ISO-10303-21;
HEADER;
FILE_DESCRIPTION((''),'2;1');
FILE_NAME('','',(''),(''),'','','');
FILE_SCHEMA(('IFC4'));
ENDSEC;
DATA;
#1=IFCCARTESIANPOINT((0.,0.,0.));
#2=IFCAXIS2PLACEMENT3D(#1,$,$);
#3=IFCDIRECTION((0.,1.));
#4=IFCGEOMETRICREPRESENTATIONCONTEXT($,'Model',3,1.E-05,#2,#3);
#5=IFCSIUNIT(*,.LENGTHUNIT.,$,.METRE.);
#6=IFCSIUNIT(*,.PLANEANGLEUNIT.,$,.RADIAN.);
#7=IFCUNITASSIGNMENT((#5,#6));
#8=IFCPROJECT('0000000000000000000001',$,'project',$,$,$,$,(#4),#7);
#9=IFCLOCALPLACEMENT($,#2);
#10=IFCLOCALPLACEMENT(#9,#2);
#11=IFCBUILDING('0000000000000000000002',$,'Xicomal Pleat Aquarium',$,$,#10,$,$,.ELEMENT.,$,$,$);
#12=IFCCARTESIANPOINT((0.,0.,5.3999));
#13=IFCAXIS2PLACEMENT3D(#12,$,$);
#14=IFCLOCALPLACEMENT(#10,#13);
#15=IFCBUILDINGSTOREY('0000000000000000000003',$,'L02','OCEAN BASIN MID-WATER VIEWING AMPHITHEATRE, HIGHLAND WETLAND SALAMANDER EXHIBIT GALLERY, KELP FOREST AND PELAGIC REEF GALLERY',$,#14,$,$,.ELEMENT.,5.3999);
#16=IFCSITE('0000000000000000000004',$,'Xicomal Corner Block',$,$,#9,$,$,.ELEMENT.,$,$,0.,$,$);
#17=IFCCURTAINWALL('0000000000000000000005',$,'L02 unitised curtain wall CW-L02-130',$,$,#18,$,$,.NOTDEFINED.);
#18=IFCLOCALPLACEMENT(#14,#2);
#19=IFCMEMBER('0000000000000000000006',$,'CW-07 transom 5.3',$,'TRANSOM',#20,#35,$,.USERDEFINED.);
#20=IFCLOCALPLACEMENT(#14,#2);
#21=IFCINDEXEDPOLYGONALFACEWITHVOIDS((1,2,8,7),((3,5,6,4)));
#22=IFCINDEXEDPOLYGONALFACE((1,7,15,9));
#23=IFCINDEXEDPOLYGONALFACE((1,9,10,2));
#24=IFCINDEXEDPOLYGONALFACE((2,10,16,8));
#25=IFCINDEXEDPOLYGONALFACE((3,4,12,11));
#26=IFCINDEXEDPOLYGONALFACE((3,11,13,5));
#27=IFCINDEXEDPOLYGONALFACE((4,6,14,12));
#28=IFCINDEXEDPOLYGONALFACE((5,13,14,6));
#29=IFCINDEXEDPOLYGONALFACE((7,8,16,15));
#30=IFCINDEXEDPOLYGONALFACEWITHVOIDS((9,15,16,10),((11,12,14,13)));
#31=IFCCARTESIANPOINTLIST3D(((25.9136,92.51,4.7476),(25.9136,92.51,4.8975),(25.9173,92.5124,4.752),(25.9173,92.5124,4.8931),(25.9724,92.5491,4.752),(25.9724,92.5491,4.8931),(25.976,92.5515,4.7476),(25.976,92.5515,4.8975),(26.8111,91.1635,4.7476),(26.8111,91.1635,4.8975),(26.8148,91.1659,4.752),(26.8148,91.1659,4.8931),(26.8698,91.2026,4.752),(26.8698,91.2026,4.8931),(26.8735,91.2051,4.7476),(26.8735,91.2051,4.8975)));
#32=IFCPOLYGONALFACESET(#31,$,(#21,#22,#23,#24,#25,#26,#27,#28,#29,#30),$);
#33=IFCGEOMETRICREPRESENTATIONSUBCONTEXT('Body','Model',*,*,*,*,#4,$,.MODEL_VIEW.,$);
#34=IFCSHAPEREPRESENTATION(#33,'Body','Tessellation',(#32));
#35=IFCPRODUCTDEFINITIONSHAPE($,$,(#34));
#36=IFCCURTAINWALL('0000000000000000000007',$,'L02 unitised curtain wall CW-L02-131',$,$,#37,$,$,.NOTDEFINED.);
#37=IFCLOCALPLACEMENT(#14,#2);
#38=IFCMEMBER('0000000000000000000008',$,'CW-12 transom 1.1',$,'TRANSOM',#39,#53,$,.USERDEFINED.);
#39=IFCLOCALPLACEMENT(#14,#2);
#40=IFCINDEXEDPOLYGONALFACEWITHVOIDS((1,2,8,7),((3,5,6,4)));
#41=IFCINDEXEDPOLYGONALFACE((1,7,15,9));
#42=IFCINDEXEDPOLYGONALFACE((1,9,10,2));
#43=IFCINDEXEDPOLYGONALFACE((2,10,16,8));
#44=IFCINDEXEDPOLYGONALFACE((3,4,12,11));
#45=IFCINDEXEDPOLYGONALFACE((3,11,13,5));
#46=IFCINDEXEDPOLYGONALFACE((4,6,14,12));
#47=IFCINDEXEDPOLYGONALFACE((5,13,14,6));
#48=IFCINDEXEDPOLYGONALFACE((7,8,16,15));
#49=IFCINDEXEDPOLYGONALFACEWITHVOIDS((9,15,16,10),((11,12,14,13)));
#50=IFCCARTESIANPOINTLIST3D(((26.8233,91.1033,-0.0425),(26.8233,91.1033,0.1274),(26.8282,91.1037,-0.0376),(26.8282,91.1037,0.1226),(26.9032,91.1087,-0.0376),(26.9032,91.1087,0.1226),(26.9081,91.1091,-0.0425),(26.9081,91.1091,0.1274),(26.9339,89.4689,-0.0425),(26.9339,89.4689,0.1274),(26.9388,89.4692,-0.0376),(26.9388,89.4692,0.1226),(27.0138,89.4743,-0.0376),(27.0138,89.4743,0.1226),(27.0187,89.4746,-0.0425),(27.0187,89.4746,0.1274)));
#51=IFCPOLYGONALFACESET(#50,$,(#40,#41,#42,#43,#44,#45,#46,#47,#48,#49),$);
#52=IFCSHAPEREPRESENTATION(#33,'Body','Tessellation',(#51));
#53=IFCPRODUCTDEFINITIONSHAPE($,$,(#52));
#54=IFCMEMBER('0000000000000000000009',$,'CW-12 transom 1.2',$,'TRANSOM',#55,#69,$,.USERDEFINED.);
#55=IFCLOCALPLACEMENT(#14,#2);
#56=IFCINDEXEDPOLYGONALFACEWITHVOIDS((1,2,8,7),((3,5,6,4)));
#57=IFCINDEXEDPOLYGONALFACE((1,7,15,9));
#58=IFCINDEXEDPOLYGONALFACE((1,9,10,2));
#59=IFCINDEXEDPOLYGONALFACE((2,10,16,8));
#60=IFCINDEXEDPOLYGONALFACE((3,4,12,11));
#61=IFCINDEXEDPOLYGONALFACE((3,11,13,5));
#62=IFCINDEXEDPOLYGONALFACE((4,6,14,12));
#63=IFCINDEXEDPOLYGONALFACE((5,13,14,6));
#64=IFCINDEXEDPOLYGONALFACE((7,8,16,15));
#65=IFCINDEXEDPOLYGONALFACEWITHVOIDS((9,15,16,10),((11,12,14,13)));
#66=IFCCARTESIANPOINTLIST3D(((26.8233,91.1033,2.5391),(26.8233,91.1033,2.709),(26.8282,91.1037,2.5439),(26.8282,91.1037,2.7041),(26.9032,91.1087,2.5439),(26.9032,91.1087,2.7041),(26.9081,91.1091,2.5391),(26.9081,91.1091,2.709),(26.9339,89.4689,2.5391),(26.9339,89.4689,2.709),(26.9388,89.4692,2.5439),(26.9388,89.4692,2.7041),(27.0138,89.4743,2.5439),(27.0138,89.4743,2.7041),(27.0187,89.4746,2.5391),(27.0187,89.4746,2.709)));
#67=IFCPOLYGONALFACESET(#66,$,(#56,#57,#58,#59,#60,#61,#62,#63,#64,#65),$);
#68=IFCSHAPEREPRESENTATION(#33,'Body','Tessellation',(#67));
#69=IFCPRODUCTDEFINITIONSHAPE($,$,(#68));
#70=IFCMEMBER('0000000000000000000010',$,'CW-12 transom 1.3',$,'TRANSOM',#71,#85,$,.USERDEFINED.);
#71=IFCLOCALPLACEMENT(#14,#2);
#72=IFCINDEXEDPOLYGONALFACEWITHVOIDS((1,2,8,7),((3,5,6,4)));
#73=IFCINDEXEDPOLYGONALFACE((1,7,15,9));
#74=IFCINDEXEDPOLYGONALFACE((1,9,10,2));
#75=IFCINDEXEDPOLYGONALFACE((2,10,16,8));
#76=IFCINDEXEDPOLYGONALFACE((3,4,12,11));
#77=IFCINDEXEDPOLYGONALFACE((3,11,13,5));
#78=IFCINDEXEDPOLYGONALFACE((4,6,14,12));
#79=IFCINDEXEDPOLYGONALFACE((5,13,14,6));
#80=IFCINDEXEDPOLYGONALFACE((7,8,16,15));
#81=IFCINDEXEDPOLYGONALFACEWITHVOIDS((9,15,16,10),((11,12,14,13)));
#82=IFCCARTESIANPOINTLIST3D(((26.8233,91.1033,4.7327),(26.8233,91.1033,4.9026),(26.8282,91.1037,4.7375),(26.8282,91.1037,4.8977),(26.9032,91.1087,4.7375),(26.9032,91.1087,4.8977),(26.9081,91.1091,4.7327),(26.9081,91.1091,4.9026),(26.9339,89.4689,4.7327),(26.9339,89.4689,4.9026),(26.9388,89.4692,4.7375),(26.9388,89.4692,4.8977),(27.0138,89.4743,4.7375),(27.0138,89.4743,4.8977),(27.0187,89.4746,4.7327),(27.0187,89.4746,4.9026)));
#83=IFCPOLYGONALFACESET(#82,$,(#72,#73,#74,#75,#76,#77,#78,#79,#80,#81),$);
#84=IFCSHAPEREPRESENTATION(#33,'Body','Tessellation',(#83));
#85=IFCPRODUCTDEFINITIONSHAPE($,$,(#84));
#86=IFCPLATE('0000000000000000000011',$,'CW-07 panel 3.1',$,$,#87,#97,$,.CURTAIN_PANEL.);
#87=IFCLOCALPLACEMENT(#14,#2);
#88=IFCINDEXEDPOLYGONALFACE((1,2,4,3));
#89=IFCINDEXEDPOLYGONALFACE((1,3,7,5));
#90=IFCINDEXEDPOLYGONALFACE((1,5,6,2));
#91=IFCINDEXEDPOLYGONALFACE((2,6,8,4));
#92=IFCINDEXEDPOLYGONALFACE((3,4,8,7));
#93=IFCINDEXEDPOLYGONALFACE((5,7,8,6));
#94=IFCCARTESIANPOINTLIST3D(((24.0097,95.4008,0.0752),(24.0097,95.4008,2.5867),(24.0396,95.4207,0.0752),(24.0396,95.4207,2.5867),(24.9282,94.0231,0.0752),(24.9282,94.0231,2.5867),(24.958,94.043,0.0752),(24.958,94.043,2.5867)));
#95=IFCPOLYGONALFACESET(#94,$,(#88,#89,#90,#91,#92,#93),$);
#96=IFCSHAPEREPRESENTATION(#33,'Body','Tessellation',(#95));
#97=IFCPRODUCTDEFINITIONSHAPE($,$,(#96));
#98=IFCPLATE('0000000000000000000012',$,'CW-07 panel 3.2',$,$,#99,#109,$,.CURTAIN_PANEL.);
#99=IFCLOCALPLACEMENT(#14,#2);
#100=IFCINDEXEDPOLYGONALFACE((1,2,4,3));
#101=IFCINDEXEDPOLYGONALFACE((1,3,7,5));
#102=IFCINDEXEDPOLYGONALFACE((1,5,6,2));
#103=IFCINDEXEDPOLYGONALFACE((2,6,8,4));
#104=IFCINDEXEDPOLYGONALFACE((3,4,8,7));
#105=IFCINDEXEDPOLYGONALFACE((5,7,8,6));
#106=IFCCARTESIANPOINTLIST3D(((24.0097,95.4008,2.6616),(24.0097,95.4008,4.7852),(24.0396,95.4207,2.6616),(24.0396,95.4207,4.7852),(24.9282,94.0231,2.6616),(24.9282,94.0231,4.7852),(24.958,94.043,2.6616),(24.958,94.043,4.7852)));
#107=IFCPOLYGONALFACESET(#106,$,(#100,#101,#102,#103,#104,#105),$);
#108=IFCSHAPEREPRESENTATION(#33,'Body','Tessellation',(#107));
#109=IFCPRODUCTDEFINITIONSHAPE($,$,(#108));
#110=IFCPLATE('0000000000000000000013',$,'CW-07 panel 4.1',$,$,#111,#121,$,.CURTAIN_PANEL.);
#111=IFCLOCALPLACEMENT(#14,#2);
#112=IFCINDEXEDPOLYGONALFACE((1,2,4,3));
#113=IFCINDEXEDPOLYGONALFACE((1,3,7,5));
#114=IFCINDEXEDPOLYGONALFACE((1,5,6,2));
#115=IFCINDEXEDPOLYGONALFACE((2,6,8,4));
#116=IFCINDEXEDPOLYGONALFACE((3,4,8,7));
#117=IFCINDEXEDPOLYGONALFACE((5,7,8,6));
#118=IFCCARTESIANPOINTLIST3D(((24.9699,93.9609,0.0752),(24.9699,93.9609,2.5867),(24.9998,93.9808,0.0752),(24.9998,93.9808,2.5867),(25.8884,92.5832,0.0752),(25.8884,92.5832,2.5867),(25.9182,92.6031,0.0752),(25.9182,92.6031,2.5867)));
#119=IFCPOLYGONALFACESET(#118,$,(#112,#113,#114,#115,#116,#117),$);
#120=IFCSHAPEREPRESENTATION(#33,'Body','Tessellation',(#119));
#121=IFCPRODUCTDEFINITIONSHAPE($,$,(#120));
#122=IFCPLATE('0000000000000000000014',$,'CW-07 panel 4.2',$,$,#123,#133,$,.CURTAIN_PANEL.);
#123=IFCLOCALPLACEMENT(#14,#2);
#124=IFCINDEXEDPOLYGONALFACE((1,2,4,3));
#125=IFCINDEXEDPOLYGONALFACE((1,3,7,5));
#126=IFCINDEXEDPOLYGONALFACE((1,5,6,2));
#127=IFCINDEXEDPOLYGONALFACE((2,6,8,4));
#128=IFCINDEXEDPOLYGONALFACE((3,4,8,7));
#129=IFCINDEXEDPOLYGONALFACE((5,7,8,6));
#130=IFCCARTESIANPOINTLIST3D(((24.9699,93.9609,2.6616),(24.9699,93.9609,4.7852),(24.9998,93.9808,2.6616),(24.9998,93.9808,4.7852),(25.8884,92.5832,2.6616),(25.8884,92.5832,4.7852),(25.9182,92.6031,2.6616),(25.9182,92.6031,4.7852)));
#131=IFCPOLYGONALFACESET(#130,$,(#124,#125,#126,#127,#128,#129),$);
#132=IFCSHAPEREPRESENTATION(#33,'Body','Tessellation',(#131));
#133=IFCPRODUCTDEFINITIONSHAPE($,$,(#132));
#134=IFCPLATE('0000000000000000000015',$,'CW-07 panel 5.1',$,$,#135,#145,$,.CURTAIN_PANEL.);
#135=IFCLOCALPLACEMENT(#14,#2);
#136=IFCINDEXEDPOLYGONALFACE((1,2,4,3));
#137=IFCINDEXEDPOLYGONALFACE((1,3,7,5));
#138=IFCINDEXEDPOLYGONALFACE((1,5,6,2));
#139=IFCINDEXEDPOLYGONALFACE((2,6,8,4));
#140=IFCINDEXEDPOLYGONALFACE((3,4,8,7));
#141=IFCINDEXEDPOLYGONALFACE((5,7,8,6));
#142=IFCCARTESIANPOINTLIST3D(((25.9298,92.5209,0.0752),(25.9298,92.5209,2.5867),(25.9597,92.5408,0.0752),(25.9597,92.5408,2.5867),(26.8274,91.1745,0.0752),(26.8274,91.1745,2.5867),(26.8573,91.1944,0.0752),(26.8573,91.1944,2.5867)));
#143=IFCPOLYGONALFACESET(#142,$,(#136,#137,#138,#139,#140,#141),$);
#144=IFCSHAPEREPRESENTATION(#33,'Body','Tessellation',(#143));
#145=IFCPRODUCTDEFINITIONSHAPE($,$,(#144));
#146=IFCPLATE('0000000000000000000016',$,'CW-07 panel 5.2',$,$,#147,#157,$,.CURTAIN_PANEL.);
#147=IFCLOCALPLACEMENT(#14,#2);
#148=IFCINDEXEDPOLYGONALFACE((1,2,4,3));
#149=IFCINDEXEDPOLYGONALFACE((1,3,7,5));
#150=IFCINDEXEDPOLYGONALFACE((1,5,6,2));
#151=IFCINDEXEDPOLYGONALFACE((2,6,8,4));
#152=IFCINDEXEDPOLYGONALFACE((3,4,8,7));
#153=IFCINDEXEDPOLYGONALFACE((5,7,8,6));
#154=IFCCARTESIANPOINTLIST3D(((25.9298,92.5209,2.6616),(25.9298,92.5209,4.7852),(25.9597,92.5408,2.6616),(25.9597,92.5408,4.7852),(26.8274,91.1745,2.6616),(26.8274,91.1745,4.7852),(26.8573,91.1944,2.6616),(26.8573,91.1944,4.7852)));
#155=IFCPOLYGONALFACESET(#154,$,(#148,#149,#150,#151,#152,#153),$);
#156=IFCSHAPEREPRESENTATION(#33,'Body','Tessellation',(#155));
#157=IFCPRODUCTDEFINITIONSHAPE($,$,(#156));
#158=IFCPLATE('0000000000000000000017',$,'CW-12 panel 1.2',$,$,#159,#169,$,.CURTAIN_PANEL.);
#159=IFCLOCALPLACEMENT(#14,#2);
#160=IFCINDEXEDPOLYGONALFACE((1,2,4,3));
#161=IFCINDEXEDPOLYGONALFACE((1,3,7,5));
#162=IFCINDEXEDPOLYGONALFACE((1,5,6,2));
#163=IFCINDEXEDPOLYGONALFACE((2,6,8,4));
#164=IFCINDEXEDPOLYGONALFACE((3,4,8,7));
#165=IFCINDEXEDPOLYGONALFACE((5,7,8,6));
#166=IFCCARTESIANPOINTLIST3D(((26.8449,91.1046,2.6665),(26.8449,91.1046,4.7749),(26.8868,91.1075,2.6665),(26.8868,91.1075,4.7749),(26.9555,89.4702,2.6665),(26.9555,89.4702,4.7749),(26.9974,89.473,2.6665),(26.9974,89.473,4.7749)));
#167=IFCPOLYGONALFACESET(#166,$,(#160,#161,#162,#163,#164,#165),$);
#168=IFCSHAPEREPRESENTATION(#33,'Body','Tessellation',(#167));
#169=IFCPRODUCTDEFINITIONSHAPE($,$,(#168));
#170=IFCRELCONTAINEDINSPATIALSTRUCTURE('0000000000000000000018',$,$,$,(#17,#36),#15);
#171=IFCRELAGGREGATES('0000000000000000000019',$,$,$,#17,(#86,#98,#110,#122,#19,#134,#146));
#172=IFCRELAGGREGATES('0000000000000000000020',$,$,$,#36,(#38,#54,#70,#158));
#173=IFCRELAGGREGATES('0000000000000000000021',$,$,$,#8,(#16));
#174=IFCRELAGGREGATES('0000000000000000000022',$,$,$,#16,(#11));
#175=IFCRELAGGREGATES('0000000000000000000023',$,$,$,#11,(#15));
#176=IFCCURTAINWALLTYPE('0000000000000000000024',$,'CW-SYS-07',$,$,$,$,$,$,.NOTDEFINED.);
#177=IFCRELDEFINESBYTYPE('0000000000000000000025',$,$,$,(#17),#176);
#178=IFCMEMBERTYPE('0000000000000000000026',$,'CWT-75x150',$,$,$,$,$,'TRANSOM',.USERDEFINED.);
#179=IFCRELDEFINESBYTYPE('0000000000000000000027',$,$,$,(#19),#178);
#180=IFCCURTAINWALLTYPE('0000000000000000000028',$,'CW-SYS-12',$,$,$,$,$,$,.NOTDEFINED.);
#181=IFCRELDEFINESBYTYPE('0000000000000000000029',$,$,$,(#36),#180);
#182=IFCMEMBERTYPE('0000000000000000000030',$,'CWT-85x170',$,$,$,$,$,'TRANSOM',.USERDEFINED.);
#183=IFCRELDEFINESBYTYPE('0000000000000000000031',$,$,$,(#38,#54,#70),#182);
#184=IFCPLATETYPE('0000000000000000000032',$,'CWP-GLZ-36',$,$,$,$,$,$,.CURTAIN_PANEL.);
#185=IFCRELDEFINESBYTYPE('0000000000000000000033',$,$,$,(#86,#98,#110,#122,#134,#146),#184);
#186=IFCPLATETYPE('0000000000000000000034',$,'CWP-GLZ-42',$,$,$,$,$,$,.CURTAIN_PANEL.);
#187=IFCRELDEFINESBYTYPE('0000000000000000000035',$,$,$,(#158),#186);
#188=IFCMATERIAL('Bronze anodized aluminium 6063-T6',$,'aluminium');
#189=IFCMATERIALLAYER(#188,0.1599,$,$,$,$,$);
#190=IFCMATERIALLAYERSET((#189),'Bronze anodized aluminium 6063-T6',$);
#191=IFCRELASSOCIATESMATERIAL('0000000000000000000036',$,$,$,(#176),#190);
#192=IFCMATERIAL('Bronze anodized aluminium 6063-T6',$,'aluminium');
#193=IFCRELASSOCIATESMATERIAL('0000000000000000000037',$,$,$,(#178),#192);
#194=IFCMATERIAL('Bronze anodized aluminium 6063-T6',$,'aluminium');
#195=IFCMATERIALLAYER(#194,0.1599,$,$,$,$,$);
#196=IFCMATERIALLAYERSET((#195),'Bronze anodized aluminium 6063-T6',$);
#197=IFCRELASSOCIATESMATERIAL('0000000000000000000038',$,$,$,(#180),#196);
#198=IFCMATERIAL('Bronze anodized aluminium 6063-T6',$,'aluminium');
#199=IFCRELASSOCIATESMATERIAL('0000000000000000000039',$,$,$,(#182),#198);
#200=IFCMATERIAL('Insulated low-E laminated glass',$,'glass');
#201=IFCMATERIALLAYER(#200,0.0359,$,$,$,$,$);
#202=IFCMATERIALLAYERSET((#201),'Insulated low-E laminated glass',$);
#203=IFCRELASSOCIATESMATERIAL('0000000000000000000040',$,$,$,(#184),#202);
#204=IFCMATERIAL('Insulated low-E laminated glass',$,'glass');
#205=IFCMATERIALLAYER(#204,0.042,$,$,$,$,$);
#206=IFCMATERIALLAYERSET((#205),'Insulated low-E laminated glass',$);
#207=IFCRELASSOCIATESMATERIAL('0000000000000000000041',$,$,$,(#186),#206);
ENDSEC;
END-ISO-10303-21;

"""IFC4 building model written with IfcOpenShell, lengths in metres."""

from ifc_helpers import new_model, si_unit, direction, frame, origin, origin_2d, place, context, subcontext, project, spatial, rectangle, hollow_rectangle, extrude, material, layer, layer_set, material_profile, profile_set, type_object, element, aggregate, save


model = new_model("IFC4")

# Units and contexts
model_context = context("Model", 3, precision=1e-05, world=origin(), true_north=direction((0.0, 1.0)))
body_context = subcontext(model_context, "Body", "Model", "MODEL_VIEW")
ifc_project = project(units=[si_unit("LENGTHUNIT", "METRE"), si_unit("PLANEANGLEUNIT", "RADIAN")], contexts=[model_context])

# Site, building, storey
site_placement = place(None, origin())
site = spatial("IfcSite", under=ifc_project, at=site_placement, Name="Xicomal Corner Block", CompositionType="ELEMENT", RefElevation=0.0)
building_placement = place(site_placement, origin())
building = spatial("IfcBuilding", under=site, at=building_placement, Name="Xicomal Pleat Aquarium", CompositionType="ELEMENT")
storey_placement = place(building_placement, frame((0.0, 0.0, 5.3999)))
storey = spatial("IfcBuildingStorey", under=building, at=storey_placement, Name="L02", Description="OCEAN BASIN MID-WATER VIEWING AMPHITHEATRE, HIGHLAND WETLAND SALAMANDER EXHIBIT GALLERY, KELP FOREST AND PELAGIC REEF GALLERY", CompositionType="ELEMENT", Elevation=5.3999)

# Curtain walls, members
ifc_material_1 = material(Name="Bronze anodized aluminium 6063-T6", Category="aluminium")
ifc_layer_1 = layer(ifc_material_1, 0.1599)
ifc_layer_set_1 = layer_set([ifc_layer_1], Name="Bronze anodized aluminium 6063-T6")
curtain_wall_type_1 = type_object("IfcCurtainWallType", Name="CW-SYS-07", PredefinedType="NOTDEFINED", material=ifc_layer_set_1)
curtain_wall_1_placement = place(storey_placement, origin())
curtain_wall_1 = element("IfcCurtainWall", 1, at=curtain_wall_1_placement, inside=storey, type_object=curtain_wall_type_1, Name="L02 unitised curtain wall CW-L02-130", PredefinedType="NOTDEFINED")
ifc_material_2 = material(Name="Bronze anodized aluminium 6063-T6", Category="aluminium")
ifc_material_profile_1 = material_profile(ifc_material_2, hollow_rectangle(XDim=0.075, YDim=0.1499, WallThickness=0.0044, at=origin_2d()), Name="ALU TRAN 75x150")
ifc_profile_set_1 = profile_set([ifc_material_profile_1], Name="Bronze anodized aluminium 6063-T6")
member_type_1 = type_object("IfcMemberType", Name="CWT-75x150", ElementType="TRANSOM", PredefinedType="USERDEFINED", material=ifc_profile_set_1)
member_1_placement = place(storey_placement, frame((25.9448, 92.5308, 4.8225), z_axis=(0.554631, -0.832097, 0.0), x_axis=(0.832097, 0.554631, 0.0)))
member_1 = element("IfcMember", 2, at=member_1_placement, type_object=member_type_1, Name="CW-07 transom 5.3", ObjectType="TRANSOM", PredefinedType="USERDEFINED", context=body_context, shape_type="SweptSolid", body=[
    extrude(hollow_rectangle(XDim=0.075, YDim=0.1499, WallThickness=0.0044, at=origin_2d()), origin(), (0.0, 0.0, 1.0), 1.6182),
])
ifc_material_3 = material(Name="Bronze anodized aluminium 6063-T6", Category="aluminium")
ifc_layer_2 = layer(ifc_material_3, 0.1599)
ifc_layer_set_2 = layer_set([ifc_layer_2], Name="Bronze anodized aluminium 6063-T6")
curtain_wall_type_2 = type_object("IfcCurtainWallType", Name="CW-SYS-12", PredefinedType="NOTDEFINED", material=ifc_layer_set_2)
curtain_wall_2_placement = place(storey_placement, origin())
curtain_wall_2 = element("IfcCurtainWall", 3, at=curtain_wall_2_placement, inside=storey, type_object=curtain_wall_type_2, Name="L02 unitised curtain wall CW-L02-131", PredefinedType="NOTDEFINED")
ifc_material_4 = material(Name="Bronze anodized aluminium 6063-T6", Category="aluminium")
ifc_material_profile_2 = material_profile(ifc_material_4, hollow_rectangle(XDim=0.085, YDim=0.1699, WallThickness=0.0049, at=origin_2d()), Name="ALU TRAN 85x170")
ifc_profile_set_2 = profile_set([ifc_material_profile_2], Name="Bronze anodized aluminium 6063-T6")
member_type_2 = type_object("IfcMemberType", Name="CWT-85x170", ElementType="TRANSOM", PredefinedType="USERDEFINED", material=ifc_profile_set_2)
member_2_placement = place(storey_placement, frame((26.8657, 91.1062, 0.0425), z_axis=(0.067508, -0.997719, 0.0), x_axis=(0.997719, 0.067508, 0.0)))
member_2 = element("IfcMember", 4, at=member_2_placement, type_object=member_type_2, Name="CW-12 transom 1.1", ObjectType="TRANSOM", PredefinedType="USERDEFINED", context=body_context, shape_type="SweptSolid", body=[
    extrude(hollow_rectangle(XDim=0.085, YDim=0.1699, WallThickness=0.0049, at=origin_2d()), origin(), (0.0, 0.0, 1.0), 1.6382),
])
member_3_placement = place(storey_placement, frame((26.8657, 91.1062, 2.624), z_axis=(0.067508, -0.997719, 0.0), x_axis=(0.997719, 0.067508, 0.0)))
member_3 = element("IfcMember", 5, at=member_3_placement, type_object=member_type_2, Name="CW-12 transom 1.2", ObjectType="TRANSOM", PredefinedType="USERDEFINED", context=body_context, shape_type="SweptSolid", body=[
    extrude(hollow_rectangle(XDim=0.085, YDim=0.1699, WallThickness=0.0049, at=origin_2d()), origin(), (0.0, 0.0, 1.0), 1.6382),
])
member_4_placement = place(storey_placement, frame((26.8657, 91.1062, 4.8176), z_axis=(0.067508, -0.997719, 0.0), x_axis=(0.997719, 0.067508, 0.0)))
member_4 = element("IfcMember", 6, at=member_4_placement, type_object=member_type_2, Name="CW-12 transom 1.3", ObjectType="TRANSOM", PredefinedType="USERDEFINED", context=body_context, shape_type="SweptSolid", body=[
    extrude(hollow_rectangle(XDim=0.085, YDim=0.1699, WallThickness=0.0049, at=origin_2d()), origin(), (0.0, 0.0, 1.0), 1.6382),
])

# Plates
ifc_material_5 = material(Name="Insulated low-E laminated glass", Category="glass")
ifc_layer_3 = layer(ifc_material_5, 0.0359)
ifc_layer_set_3 = layer_set([ifc_layer_3], Name="Insulated low-E laminated glass")
plate_type_1 = type_object("IfcPlateType", Name="CWP-GLZ-36", PredefinedType="CURTAIN_PANEL", material=ifc_layer_set_3)
plate_1_placement = place(storey_placement, frame((24.4839, 94.7219, 0.0752), z_axis=(0.0, 0.0, 1.0), x_axis=(0.5547, -0.83205, 0.0)))
plate_1 = element("IfcPlate", 7, at=plate_1_placement, type_object=plate_type_1, Name="CW-07 panel 3.1", PredefinedType="CURTAIN_PANEL", context=body_context, shape_type="SweptSolid", body=[
    extrude(rectangle(XDim=1.6558, YDim=0.0359, at=origin_2d()), origin(), (0.0, 0.0, 1.0), 2.5115),
])
plate_2_placement = place(storey_placement, frame((24.4839, 94.7219, 2.6616), z_axis=(0.0, 0.0, 1.0), x_axis=(0.5547, -0.83205, 0.0)))
plate_2 = element("IfcPlate", 8, at=plate_2_placement, type_object=plate_type_1, Name="CW-07 panel 3.2", PredefinedType="CURTAIN_PANEL", context=body_context, shape_type="SweptSolid", body=[
    extrude(rectangle(XDim=1.6558, YDim=0.0359, at=origin_2d()), origin(), (0.0, 0.0, 1.0), 2.1235),
])
plate_3_placement = place(storey_placement, frame((25.4441, 93.282, 0.0752), z_axis=(0.0, 0.0, 1.0), x_axis=(0.5547, -0.83205, 0.0)))
plate_3 = element("IfcPlate", 9, at=plate_3_placement, type_object=plate_type_1, Name="CW-07 panel 4.1", PredefinedType="CURTAIN_PANEL", context=body_context, shape_type="SweptSolid", body=[
    extrude(rectangle(XDim=1.6558, YDim=0.0359, at=origin_2d()), origin(), (0.0, 0.0, 1.0), 2.5115),
])
plate_4_placement = place(storey_placement, frame((25.4441, 93.282, 2.6616), z_axis=(0.0, 0.0, 1.0), x_axis=(0.5547, -0.83205, 0.0)))
plate_4 = element("IfcPlate", 10, at=plate_4_placement, type_object=plate_type_1, Name="CW-07 panel 4.2", PredefinedType="CURTAIN_PANEL", context=body_context, shape_type="SweptSolid", body=[
    extrude(rectangle(XDim=1.6558, YDim=0.0359, at=origin_2d()), origin(), (0.0, 0.0, 1.0), 2.1235),
])
plate_5_placement = place(storey_placement, frame((26.3936, 91.8577, 0.0752), z_axis=(0.0, 0.0, 1.0), x_axis=(0.5547, -0.83205, 0.0)))
plate_5 = element("IfcPlate", 11, at=plate_5_placement, type_object=plate_type_1, Name="CW-07 panel 5.1", PredefinedType="CURTAIN_PANEL", context=body_context, shape_type="SweptSolid", body=[
    extrude(rectangle(XDim=1.6182, YDim=0.0359, at=origin_2d()), origin(), (0.0, 0.0, 1.0), 2.5115),
])
plate_6_placement = place(storey_placement, frame((26.3936, 91.8577, 2.6616), z_axis=(0.0, 0.0, 1.0), x_axis=(0.5547, -0.83205, 0.0)))
plate_6 = element("IfcPlate", 12, at=plate_6_placement, type_object=plate_type_1, Name="CW-07 panel 5.2", PredefinedType="CURTAIN_PANEL", context=body_context, shape_type="SweptSolid", body=[
    extrude(rectangle(XDim=1.6182, YDim=0.0359, at=origin_2d()), origin(), (0.0, 0.0, 1.0), 2.1235),
])
aggregate(curtain_wall_1, [plate_1, plate_2, plate_3, plate_4, member_1, plate_5, plate_6])
ifc_material_6 = material(Name="Insulated low-E laminated glass", Category="glass")
ifc_layer_4 = layer(ifc_material_6, 0.042)
ifc_layer_set_4 = layer_set([ifc_layer_4], Name="Insulated low-E laminated glass")
plate_type_2 = type_object("IfcPlateType", Name="CWP-GLZ-42", PredefinedType="CURTAIN_PANEL", material=ifc_layer_set_4)
plate_7_placement = place(storey_placement, frame((26.9211, 90.2888, 2.6665), z_axis=(0.0, 0.0, 1.0), x_axis=(0.067534, -0.997717, 0.0)))
plate_7 = element("IfcPlate", 13, at=plate_7_placement, type_object=plate_type_2, Name="CW-12 panel 1.2", PredefinedType="CURTAIN_PANEL", context=body_context, shape_type="SweptSolid", body=[
    extrude(rectangle(XDim=1.6382, YDim=0.042, at=origin_2d()), origin(), (0.0, 0.0, 1.0), 2.1084),
])
aggregate(curtain_wall_2, [member_2, member_3, member_4, plate_7])

save(model, "model.ifc")
